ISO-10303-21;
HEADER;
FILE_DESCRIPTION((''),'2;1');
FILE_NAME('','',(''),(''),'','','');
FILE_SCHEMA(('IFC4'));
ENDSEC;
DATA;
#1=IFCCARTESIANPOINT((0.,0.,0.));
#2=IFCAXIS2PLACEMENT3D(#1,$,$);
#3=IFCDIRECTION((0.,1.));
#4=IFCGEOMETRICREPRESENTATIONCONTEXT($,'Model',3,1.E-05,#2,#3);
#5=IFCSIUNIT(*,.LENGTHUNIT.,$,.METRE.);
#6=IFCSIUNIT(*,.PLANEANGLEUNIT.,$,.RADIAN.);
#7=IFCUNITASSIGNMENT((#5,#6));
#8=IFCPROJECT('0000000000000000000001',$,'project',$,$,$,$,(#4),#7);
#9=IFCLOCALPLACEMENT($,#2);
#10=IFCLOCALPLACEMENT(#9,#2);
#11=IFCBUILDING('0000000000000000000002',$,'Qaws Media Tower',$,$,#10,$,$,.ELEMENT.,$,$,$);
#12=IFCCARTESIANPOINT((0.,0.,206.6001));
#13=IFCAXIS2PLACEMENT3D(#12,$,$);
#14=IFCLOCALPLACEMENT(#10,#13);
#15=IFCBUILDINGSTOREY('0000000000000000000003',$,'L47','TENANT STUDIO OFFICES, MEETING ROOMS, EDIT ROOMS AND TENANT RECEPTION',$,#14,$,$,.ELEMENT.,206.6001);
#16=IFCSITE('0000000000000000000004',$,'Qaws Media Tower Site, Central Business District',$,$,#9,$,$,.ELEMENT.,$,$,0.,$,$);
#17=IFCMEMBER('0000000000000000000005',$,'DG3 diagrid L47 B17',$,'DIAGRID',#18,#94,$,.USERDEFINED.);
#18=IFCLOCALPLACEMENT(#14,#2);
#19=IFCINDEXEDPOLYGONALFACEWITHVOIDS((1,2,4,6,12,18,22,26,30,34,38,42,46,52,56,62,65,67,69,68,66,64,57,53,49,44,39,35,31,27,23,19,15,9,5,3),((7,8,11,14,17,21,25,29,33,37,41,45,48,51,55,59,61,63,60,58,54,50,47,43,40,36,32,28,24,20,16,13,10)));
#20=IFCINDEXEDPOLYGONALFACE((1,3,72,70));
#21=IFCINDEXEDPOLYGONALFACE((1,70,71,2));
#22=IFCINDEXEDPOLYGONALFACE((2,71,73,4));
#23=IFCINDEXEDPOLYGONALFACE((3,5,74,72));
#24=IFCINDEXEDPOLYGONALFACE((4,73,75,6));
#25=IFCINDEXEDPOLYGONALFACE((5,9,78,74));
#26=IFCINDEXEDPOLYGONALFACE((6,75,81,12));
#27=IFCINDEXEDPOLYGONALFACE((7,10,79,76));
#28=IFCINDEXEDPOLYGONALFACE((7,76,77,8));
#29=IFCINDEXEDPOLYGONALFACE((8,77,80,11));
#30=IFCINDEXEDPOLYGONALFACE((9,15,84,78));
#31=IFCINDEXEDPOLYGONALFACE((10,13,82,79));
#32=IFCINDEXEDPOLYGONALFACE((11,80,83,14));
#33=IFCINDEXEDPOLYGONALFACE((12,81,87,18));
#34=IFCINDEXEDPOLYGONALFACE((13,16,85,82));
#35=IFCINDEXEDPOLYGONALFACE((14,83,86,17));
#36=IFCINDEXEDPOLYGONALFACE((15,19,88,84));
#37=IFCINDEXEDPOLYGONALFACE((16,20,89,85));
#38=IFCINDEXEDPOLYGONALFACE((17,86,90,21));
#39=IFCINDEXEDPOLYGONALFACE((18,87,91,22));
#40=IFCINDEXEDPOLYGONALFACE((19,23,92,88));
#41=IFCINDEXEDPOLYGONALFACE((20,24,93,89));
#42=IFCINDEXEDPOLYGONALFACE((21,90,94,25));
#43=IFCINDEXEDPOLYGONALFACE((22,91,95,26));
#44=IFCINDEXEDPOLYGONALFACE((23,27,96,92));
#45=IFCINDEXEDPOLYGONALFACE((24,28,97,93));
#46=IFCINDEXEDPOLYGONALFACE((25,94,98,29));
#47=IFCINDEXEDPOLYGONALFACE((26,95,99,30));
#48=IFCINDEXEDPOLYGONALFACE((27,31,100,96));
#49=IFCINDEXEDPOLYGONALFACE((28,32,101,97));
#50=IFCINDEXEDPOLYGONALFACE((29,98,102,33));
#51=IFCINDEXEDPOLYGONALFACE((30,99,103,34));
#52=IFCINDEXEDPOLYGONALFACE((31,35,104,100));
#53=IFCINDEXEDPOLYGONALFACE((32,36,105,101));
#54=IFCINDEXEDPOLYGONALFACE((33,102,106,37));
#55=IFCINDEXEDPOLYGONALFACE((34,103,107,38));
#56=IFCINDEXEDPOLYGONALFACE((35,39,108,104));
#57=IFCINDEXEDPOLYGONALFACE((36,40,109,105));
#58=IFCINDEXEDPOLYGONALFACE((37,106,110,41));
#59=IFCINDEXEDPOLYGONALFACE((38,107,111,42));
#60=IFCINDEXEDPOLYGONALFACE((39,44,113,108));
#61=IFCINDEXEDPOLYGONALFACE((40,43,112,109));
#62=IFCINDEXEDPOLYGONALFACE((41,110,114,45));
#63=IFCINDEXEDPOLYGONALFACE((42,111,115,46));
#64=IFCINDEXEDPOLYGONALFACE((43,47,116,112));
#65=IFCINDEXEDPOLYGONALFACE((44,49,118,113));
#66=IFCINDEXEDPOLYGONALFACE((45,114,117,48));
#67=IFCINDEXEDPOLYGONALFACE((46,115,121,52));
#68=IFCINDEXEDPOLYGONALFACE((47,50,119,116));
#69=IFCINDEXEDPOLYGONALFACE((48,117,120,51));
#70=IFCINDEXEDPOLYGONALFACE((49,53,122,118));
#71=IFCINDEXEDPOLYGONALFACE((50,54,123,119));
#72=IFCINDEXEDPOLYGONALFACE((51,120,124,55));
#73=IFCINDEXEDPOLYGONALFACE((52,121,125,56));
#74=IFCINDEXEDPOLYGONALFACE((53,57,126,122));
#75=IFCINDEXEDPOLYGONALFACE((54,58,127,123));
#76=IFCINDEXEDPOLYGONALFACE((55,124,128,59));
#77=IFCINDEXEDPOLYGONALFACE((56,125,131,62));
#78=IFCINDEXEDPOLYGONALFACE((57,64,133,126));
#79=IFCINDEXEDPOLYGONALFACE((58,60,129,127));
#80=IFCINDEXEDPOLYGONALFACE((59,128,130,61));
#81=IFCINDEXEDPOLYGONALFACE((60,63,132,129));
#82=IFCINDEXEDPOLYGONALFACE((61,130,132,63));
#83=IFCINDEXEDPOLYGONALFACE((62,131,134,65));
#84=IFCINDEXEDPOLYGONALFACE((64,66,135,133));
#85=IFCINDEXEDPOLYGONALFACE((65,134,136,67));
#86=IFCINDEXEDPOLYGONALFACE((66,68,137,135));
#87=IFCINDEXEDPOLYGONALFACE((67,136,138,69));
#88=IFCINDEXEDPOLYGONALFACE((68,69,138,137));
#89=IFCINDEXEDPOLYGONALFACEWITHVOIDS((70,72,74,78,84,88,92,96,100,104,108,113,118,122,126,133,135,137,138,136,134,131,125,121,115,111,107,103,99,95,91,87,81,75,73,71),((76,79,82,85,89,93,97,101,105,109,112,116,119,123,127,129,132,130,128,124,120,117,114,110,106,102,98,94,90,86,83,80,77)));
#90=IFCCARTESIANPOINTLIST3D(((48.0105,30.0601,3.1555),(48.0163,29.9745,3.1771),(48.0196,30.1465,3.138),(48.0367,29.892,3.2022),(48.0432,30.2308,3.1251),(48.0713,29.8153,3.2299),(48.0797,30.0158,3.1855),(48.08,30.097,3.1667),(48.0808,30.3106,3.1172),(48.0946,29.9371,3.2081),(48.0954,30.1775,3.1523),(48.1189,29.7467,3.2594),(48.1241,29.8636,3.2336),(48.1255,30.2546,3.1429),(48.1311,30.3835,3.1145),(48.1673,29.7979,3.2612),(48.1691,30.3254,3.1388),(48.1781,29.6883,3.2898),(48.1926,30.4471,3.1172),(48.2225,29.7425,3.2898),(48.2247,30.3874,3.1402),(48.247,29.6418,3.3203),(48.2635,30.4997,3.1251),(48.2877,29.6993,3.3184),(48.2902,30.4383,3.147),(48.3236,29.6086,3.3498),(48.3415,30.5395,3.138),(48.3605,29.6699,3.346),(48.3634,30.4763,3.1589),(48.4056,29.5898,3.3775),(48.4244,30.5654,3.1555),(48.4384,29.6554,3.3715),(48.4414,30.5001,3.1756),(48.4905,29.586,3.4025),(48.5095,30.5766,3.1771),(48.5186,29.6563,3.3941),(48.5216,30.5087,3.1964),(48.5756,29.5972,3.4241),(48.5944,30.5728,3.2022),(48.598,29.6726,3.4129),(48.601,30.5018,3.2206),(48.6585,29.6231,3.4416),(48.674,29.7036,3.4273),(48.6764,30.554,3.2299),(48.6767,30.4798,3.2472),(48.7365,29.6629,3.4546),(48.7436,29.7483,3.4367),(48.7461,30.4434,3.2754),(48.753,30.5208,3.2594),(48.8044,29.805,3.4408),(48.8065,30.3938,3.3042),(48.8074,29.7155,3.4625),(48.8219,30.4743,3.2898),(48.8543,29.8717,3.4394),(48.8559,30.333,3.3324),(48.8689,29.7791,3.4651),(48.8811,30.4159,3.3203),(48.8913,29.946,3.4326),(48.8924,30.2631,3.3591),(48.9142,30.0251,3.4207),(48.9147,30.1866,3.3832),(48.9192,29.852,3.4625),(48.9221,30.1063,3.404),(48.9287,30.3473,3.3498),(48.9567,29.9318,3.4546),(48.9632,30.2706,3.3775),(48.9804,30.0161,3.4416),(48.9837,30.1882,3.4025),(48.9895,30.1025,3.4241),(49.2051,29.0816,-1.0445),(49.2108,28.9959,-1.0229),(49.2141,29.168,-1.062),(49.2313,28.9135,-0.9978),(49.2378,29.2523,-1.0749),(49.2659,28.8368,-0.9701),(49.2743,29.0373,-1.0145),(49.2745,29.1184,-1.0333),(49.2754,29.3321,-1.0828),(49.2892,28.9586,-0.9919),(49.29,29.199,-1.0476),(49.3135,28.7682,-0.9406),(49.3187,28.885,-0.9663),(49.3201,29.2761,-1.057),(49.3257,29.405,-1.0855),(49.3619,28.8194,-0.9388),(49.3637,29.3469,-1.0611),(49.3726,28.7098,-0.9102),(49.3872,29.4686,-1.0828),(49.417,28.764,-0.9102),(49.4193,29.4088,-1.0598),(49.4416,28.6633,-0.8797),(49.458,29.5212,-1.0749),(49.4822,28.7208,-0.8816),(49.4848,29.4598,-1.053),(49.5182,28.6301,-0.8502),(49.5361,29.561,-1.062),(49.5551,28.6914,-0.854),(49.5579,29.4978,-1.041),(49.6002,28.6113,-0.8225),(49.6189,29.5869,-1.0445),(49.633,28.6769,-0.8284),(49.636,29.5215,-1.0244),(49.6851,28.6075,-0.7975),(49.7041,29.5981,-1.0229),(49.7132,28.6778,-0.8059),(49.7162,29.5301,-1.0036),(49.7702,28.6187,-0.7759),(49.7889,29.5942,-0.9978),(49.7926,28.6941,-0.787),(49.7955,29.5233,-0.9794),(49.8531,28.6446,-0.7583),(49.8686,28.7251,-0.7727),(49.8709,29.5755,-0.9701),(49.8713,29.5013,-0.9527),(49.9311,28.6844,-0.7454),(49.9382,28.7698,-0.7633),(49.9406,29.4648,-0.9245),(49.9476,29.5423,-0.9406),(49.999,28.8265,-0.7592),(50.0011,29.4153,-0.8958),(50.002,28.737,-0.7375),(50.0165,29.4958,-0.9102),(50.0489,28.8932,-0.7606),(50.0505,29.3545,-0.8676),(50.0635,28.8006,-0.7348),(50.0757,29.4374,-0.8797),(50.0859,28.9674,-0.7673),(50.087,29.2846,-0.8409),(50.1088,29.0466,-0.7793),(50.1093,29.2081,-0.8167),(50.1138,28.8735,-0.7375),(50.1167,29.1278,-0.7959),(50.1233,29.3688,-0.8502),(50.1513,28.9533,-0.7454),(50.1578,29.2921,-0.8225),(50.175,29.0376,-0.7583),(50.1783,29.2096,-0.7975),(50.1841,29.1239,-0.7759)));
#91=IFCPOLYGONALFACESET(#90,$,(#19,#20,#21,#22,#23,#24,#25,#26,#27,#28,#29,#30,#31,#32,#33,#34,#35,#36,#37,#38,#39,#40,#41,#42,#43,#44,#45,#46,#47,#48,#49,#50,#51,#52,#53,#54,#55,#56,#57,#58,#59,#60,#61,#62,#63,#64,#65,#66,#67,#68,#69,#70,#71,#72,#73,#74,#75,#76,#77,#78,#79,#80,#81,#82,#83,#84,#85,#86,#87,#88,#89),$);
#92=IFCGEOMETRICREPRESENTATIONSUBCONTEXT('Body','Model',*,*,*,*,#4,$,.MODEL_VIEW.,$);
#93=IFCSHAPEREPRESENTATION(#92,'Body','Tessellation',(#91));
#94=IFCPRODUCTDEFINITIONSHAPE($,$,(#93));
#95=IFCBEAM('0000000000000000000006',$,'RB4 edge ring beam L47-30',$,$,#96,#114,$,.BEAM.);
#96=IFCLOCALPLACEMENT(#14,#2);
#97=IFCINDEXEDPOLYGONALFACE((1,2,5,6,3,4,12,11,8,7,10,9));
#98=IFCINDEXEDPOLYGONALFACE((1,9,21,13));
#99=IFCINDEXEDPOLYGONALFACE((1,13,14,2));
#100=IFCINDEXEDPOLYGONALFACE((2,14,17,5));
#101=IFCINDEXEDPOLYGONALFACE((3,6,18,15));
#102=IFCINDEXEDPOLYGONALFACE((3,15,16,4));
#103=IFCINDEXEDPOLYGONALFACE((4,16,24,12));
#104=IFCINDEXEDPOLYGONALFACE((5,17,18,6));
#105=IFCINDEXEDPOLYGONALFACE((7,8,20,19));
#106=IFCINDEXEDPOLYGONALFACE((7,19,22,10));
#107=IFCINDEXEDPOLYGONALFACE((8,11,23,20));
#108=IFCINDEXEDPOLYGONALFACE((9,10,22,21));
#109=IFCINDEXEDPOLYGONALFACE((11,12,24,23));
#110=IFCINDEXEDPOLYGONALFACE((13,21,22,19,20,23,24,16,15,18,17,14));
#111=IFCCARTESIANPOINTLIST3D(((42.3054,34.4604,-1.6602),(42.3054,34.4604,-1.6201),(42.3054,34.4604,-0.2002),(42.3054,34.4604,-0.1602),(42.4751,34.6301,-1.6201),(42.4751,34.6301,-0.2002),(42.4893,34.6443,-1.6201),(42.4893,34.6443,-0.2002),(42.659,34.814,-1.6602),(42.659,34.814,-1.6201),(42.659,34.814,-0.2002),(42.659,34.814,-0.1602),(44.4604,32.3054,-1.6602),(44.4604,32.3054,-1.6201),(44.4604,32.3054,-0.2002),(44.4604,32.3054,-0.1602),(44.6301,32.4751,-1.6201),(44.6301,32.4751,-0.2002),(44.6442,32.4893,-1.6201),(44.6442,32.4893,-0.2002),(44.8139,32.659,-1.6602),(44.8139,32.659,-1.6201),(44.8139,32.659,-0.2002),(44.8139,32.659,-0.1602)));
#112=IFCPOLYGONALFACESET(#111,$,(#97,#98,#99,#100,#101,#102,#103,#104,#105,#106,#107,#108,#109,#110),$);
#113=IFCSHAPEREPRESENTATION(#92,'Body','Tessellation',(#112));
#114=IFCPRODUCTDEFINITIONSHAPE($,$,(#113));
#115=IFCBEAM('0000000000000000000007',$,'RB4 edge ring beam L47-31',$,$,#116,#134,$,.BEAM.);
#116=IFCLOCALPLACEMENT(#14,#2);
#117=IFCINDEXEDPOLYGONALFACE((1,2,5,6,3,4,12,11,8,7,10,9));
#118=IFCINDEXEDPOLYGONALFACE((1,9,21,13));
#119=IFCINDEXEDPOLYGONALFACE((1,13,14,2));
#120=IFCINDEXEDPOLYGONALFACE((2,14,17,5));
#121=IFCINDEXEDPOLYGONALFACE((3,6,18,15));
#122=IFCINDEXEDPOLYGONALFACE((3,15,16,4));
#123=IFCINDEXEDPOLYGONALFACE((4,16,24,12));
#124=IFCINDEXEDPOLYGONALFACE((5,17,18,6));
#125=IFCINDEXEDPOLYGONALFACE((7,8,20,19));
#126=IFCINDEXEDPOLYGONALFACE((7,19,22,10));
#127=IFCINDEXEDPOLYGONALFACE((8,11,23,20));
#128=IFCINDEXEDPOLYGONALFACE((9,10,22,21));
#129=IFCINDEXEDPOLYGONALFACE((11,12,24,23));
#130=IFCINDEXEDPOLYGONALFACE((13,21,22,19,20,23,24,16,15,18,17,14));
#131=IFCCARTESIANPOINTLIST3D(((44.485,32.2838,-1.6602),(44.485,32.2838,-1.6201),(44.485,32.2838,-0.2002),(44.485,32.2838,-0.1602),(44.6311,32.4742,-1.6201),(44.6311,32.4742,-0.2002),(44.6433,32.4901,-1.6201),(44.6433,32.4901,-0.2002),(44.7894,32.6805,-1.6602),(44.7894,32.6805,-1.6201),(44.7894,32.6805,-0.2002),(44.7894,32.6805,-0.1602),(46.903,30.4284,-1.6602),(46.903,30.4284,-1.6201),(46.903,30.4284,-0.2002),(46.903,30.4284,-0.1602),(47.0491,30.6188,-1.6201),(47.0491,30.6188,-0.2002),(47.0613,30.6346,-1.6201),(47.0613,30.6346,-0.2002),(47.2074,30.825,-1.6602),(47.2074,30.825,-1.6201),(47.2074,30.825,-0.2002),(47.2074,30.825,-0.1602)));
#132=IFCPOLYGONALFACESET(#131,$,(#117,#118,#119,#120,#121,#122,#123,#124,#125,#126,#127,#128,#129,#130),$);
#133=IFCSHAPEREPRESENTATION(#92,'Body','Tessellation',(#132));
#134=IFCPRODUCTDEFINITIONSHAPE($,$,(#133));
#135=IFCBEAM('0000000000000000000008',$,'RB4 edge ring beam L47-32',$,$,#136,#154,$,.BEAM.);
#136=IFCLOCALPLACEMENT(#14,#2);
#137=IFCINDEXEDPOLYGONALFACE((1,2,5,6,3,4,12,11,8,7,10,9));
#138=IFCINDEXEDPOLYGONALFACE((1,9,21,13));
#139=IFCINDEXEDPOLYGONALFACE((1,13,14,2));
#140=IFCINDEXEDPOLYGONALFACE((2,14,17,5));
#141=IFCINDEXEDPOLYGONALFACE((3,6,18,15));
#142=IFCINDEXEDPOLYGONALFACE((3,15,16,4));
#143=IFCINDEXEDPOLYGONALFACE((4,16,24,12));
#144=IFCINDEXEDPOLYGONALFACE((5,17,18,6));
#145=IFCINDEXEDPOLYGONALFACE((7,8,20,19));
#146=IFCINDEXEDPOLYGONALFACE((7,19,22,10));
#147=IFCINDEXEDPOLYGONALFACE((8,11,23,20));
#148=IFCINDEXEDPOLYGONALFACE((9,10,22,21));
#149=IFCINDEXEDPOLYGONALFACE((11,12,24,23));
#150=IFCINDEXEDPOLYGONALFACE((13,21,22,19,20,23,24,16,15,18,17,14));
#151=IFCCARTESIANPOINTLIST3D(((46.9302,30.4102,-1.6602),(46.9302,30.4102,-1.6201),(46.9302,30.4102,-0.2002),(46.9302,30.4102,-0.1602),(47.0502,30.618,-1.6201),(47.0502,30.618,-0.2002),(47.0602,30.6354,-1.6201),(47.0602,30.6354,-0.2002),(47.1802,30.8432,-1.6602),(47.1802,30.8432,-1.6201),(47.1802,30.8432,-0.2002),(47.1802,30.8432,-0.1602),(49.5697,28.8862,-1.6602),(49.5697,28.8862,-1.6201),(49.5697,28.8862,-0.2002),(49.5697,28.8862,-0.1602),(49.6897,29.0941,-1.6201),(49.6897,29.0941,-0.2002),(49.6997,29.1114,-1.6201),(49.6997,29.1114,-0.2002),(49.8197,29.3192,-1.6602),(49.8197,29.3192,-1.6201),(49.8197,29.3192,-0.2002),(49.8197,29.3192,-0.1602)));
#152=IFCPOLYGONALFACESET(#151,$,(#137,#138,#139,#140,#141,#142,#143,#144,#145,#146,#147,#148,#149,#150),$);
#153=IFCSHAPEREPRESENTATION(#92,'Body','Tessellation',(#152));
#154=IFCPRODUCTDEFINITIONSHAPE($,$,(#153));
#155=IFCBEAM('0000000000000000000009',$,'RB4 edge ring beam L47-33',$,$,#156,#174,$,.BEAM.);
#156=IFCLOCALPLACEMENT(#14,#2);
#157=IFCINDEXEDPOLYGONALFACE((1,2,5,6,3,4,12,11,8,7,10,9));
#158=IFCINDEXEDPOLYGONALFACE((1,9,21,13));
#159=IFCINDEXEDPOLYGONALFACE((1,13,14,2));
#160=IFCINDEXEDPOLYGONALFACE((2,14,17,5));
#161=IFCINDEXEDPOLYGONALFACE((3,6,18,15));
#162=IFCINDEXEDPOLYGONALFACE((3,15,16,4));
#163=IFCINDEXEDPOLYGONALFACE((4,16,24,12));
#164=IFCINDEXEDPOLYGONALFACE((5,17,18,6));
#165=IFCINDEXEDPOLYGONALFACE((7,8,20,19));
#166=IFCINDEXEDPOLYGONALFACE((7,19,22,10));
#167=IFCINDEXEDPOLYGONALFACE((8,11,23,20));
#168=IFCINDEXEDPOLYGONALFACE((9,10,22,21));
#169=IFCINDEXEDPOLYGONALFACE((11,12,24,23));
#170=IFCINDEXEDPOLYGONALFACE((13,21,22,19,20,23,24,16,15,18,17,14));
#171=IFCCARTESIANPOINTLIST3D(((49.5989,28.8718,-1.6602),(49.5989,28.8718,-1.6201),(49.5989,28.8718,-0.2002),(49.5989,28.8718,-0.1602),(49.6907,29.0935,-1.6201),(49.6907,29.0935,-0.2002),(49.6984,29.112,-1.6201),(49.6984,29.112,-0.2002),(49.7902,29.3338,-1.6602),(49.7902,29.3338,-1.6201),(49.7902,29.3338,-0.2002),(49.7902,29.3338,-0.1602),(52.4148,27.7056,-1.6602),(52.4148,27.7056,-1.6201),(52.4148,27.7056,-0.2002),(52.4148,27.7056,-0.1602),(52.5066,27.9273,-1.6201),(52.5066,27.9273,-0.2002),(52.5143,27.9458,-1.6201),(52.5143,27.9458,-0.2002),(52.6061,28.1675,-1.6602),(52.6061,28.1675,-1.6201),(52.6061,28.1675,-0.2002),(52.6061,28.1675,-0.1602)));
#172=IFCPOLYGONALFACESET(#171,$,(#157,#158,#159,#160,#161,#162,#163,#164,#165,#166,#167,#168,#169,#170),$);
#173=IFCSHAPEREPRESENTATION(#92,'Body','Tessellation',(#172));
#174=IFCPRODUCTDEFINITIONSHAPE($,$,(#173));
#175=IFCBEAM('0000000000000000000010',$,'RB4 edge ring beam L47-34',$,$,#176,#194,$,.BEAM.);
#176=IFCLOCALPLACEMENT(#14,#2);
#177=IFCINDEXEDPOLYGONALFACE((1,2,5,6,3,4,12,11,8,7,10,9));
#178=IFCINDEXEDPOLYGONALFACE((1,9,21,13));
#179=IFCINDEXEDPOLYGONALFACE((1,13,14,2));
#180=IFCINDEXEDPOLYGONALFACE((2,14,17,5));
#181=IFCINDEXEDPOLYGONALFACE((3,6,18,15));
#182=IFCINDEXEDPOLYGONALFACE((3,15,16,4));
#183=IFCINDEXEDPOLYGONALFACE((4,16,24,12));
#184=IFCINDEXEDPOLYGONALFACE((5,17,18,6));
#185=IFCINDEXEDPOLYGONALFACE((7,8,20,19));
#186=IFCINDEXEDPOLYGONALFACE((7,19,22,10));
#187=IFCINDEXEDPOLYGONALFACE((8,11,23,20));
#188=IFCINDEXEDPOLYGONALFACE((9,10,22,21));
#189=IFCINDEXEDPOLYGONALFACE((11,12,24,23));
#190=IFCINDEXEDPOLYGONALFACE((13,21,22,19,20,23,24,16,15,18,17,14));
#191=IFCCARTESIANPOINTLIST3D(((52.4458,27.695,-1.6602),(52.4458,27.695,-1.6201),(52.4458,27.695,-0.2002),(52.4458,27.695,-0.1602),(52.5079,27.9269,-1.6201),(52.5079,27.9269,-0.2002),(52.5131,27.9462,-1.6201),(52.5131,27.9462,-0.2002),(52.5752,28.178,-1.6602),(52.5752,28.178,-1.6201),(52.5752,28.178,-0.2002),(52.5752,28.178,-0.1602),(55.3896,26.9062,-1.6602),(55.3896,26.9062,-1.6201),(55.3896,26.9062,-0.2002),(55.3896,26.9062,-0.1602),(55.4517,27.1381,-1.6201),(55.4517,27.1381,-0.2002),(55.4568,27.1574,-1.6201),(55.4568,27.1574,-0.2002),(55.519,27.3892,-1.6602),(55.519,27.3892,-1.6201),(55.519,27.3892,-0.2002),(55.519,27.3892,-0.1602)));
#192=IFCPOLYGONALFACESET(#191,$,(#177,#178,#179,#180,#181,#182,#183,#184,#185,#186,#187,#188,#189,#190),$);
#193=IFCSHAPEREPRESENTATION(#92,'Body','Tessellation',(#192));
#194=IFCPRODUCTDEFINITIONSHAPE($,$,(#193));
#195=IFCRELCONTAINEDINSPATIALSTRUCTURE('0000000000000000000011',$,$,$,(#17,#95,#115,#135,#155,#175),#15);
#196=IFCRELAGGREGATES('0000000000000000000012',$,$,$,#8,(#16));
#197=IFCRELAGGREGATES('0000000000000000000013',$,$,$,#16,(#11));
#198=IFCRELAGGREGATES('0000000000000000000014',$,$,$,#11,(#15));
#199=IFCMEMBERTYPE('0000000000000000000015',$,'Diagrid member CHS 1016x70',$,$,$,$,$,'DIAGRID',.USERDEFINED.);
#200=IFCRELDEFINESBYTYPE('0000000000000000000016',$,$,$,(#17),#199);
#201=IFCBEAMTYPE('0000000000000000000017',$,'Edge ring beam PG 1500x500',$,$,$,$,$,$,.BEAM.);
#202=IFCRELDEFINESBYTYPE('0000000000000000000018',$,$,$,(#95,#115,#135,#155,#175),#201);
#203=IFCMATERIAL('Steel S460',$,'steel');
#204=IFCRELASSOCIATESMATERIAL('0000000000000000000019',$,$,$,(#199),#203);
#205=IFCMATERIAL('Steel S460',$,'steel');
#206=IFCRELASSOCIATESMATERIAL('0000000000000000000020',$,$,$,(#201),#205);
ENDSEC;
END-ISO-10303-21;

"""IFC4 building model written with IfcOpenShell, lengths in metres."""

from ifc_helpers import new_model, si_unit, direction, frame, origin, origin_2d, place, context, subcontext, project, spatial, hollow_circle, i_section, extrude, material, material_profile, profile_set, type_object, element, save


model = new_model("IFC4")

# Units and contexts
model_context = context("Model", 3, precision=1e-05, world=origin(), true_north=direction((0.0, 1.0)))
body_context = subcontext(model_context, "Body", "Model", "MODEL_VIEW")
ifc_project = project(units=[si_unit("LENGTHUNIT", "METRE"), si_unit("PLANEANGLEUNIT", "RADIAN")], contexts=[model_context])

# Site, building, storey
site_placement = place(None, origin())
site = spatial("IfcSite", under=ifc_project, at=site_placement, Name="Qaws Media Tower Site, Central Business District", CompositionType="ELEMENT", RefElevation=0.0)
building_placement = place(site_placement, origin())
building = spatial("IfcBuilding", under=site, at=building_placement, Name="Qaws Media Tower", CompositionType="ELEMENT")
storey_placement = place(building_placement, frame((0.0, 0.0, 206.6001)))
storey = spatial("IfcBuildingStorey", under=building, at=storey_placement, Name="L47", Description="TENANT STUDIO OFFICES, MEETING ROOMS, EDIT ROOMS AND TENANT RECEPTION", CompositionType="ELEMENT", Elevation=206.6001)

# Member
ifc_material_1 = material(Name="Steel S460", Category="steel")
ifc_material_profile_1 = material_profile(ifc_material_1, hollow_circle(Radius=0.5081, WallThickness=0.0701, at=origin_2d()), Name="CHS 1016x70")
ifc_profile_set_1 = profile_set([ifc_material_profile_1], Name="Steel S460")
member_type_1 = type_object("IfcMemberType", Name="Diagrid member CHS 1016x70", ElementType="DIAGRID", PredefinedType="USERDEFINED", material=ifc_profile_set_1)
for number, where, z_axis, x_axis, name in (
    (1, (49.6946, 29.1028, -0.9102), (-0.266955, 0.218671, 0.938572), (-0.633677, -0.773598, 0.0), "DG3 diagrid L47 B17"),
):
    element("IfcMember", number, at=place(storey_placement, frame(where, z_axis=z_axis, x_axis=x_axis)), inside=storey, type_object=member_type_1, Name=name, ObjectType="DIAGRID", PredefinedType="USERDEFINED", context=body_context, shape_type="SweptSolid", body=[
        extrude(hollow_circle(Radius=0.5081, WallThickness=0.0701, at=origin_2d()), origin(), (0.0, 0.0, 1.0), 4.4749),
    ])

# Beams
ifc_material_2 = material(Name="Steel S460", Category="steel")
ifc_material_profile_2 = material_profile(ifc_material_2, i_section(OverallWidth=0.5, OverallDepth=1.5, WebThickness=0.02, FlangeThickness=0.04, at=origin_2d()), Name="PG 1500x500")
ifc_profile_set_2 = profile_set([ifc_material_profile_2], Name="Steel S460")
beam_type = type_object("IfcBeamType", Name="Edge ring beam PG 1500x500", PredefinedType="BEAM", material=ifc_profile_set_2)
beam_1_placement = place(storey_placement, frame((42.4822, 34.6372, -0.9102), z_axis=(0.707107, -0.707107, 0.0), x_axis=(0.707107, 0.707107, 0.0)))
element("IfcBeam", 2, at=beam_1_placement, inside=storey, type_object=beam_type, Name="RB4 edge ring beam L47-30", PredefinedType="BEAM", context=body_context, shape_type="SweptSolid", body=[
    extrude(i_section(OverallWidth=0.5, OverallDepth=1.5, WebThickness=0.02, FlangeThickness=0.04, at=origin_2d()), origin(), (0.0, 0.0, 1.0), 3.0476),
])
for number, where, z_axis, x_axis, name in (
    (3, (44.6372, 32.4822, -0.9102), (0.793338, -0.608781, 0.0), (0.608781, 0.793338, 0.0), "RB4 edge ring beam L47-31"),
    (4, (47.0552, 30.6267, -0.9102), (0.866016, -0.500016, 0.0), (0.500016, 0.866016, 0.0), "RB4 edge ring beam L47-32"),
    (5, (49.6946, 29.1028, -0.9102), (0.923895, -0.382647, 0.0), (0.382647, 0.923895, 0.0), "RB4 edge ring beam L47-33"),
):
    element("IfcBeam", number, at=place(storey_placement, frame(where, z_axis=z_axis, x_axis=x_axis)), inside=storey, type_object=beam_type, Name=name, PredefinedType="BEAM", context=body_context, shape_type="SweptSolid", body=[
        extrude(i_section(OverallWidth=0.5, OverallDepth=1.5, WebThickness=0.02, FlangeThickness=0.04, at=origin_2d()), origin(), (0.0, 0.0, 1.0), 3.0479),
    ])
beam_2_placement = place(storey_placement, frame((52.5105, 27.9365, -0.9102), z_axis=(0.965924, -0.258824, 0.0), x_axis=(0.258824, 0.965924, 0.0)))
element("IfcBeam", 6, at=beam_2_placement, inside=storey, type_object=beam_type, Name="RB4 edge ring beam L47-34", PredefinedType="BEAM", context=body_context, shape_type="SweptSolid", body=[
    extrude(i_section(OverallWidth=0.5, OverallDepth=1.5, WebThickness=0.02, FlangeThickness=0.04, at=origin_2d()), origin(), (0.0, 0.0, 1.0), 3.0476),
])

save(model, "model.ifc")
